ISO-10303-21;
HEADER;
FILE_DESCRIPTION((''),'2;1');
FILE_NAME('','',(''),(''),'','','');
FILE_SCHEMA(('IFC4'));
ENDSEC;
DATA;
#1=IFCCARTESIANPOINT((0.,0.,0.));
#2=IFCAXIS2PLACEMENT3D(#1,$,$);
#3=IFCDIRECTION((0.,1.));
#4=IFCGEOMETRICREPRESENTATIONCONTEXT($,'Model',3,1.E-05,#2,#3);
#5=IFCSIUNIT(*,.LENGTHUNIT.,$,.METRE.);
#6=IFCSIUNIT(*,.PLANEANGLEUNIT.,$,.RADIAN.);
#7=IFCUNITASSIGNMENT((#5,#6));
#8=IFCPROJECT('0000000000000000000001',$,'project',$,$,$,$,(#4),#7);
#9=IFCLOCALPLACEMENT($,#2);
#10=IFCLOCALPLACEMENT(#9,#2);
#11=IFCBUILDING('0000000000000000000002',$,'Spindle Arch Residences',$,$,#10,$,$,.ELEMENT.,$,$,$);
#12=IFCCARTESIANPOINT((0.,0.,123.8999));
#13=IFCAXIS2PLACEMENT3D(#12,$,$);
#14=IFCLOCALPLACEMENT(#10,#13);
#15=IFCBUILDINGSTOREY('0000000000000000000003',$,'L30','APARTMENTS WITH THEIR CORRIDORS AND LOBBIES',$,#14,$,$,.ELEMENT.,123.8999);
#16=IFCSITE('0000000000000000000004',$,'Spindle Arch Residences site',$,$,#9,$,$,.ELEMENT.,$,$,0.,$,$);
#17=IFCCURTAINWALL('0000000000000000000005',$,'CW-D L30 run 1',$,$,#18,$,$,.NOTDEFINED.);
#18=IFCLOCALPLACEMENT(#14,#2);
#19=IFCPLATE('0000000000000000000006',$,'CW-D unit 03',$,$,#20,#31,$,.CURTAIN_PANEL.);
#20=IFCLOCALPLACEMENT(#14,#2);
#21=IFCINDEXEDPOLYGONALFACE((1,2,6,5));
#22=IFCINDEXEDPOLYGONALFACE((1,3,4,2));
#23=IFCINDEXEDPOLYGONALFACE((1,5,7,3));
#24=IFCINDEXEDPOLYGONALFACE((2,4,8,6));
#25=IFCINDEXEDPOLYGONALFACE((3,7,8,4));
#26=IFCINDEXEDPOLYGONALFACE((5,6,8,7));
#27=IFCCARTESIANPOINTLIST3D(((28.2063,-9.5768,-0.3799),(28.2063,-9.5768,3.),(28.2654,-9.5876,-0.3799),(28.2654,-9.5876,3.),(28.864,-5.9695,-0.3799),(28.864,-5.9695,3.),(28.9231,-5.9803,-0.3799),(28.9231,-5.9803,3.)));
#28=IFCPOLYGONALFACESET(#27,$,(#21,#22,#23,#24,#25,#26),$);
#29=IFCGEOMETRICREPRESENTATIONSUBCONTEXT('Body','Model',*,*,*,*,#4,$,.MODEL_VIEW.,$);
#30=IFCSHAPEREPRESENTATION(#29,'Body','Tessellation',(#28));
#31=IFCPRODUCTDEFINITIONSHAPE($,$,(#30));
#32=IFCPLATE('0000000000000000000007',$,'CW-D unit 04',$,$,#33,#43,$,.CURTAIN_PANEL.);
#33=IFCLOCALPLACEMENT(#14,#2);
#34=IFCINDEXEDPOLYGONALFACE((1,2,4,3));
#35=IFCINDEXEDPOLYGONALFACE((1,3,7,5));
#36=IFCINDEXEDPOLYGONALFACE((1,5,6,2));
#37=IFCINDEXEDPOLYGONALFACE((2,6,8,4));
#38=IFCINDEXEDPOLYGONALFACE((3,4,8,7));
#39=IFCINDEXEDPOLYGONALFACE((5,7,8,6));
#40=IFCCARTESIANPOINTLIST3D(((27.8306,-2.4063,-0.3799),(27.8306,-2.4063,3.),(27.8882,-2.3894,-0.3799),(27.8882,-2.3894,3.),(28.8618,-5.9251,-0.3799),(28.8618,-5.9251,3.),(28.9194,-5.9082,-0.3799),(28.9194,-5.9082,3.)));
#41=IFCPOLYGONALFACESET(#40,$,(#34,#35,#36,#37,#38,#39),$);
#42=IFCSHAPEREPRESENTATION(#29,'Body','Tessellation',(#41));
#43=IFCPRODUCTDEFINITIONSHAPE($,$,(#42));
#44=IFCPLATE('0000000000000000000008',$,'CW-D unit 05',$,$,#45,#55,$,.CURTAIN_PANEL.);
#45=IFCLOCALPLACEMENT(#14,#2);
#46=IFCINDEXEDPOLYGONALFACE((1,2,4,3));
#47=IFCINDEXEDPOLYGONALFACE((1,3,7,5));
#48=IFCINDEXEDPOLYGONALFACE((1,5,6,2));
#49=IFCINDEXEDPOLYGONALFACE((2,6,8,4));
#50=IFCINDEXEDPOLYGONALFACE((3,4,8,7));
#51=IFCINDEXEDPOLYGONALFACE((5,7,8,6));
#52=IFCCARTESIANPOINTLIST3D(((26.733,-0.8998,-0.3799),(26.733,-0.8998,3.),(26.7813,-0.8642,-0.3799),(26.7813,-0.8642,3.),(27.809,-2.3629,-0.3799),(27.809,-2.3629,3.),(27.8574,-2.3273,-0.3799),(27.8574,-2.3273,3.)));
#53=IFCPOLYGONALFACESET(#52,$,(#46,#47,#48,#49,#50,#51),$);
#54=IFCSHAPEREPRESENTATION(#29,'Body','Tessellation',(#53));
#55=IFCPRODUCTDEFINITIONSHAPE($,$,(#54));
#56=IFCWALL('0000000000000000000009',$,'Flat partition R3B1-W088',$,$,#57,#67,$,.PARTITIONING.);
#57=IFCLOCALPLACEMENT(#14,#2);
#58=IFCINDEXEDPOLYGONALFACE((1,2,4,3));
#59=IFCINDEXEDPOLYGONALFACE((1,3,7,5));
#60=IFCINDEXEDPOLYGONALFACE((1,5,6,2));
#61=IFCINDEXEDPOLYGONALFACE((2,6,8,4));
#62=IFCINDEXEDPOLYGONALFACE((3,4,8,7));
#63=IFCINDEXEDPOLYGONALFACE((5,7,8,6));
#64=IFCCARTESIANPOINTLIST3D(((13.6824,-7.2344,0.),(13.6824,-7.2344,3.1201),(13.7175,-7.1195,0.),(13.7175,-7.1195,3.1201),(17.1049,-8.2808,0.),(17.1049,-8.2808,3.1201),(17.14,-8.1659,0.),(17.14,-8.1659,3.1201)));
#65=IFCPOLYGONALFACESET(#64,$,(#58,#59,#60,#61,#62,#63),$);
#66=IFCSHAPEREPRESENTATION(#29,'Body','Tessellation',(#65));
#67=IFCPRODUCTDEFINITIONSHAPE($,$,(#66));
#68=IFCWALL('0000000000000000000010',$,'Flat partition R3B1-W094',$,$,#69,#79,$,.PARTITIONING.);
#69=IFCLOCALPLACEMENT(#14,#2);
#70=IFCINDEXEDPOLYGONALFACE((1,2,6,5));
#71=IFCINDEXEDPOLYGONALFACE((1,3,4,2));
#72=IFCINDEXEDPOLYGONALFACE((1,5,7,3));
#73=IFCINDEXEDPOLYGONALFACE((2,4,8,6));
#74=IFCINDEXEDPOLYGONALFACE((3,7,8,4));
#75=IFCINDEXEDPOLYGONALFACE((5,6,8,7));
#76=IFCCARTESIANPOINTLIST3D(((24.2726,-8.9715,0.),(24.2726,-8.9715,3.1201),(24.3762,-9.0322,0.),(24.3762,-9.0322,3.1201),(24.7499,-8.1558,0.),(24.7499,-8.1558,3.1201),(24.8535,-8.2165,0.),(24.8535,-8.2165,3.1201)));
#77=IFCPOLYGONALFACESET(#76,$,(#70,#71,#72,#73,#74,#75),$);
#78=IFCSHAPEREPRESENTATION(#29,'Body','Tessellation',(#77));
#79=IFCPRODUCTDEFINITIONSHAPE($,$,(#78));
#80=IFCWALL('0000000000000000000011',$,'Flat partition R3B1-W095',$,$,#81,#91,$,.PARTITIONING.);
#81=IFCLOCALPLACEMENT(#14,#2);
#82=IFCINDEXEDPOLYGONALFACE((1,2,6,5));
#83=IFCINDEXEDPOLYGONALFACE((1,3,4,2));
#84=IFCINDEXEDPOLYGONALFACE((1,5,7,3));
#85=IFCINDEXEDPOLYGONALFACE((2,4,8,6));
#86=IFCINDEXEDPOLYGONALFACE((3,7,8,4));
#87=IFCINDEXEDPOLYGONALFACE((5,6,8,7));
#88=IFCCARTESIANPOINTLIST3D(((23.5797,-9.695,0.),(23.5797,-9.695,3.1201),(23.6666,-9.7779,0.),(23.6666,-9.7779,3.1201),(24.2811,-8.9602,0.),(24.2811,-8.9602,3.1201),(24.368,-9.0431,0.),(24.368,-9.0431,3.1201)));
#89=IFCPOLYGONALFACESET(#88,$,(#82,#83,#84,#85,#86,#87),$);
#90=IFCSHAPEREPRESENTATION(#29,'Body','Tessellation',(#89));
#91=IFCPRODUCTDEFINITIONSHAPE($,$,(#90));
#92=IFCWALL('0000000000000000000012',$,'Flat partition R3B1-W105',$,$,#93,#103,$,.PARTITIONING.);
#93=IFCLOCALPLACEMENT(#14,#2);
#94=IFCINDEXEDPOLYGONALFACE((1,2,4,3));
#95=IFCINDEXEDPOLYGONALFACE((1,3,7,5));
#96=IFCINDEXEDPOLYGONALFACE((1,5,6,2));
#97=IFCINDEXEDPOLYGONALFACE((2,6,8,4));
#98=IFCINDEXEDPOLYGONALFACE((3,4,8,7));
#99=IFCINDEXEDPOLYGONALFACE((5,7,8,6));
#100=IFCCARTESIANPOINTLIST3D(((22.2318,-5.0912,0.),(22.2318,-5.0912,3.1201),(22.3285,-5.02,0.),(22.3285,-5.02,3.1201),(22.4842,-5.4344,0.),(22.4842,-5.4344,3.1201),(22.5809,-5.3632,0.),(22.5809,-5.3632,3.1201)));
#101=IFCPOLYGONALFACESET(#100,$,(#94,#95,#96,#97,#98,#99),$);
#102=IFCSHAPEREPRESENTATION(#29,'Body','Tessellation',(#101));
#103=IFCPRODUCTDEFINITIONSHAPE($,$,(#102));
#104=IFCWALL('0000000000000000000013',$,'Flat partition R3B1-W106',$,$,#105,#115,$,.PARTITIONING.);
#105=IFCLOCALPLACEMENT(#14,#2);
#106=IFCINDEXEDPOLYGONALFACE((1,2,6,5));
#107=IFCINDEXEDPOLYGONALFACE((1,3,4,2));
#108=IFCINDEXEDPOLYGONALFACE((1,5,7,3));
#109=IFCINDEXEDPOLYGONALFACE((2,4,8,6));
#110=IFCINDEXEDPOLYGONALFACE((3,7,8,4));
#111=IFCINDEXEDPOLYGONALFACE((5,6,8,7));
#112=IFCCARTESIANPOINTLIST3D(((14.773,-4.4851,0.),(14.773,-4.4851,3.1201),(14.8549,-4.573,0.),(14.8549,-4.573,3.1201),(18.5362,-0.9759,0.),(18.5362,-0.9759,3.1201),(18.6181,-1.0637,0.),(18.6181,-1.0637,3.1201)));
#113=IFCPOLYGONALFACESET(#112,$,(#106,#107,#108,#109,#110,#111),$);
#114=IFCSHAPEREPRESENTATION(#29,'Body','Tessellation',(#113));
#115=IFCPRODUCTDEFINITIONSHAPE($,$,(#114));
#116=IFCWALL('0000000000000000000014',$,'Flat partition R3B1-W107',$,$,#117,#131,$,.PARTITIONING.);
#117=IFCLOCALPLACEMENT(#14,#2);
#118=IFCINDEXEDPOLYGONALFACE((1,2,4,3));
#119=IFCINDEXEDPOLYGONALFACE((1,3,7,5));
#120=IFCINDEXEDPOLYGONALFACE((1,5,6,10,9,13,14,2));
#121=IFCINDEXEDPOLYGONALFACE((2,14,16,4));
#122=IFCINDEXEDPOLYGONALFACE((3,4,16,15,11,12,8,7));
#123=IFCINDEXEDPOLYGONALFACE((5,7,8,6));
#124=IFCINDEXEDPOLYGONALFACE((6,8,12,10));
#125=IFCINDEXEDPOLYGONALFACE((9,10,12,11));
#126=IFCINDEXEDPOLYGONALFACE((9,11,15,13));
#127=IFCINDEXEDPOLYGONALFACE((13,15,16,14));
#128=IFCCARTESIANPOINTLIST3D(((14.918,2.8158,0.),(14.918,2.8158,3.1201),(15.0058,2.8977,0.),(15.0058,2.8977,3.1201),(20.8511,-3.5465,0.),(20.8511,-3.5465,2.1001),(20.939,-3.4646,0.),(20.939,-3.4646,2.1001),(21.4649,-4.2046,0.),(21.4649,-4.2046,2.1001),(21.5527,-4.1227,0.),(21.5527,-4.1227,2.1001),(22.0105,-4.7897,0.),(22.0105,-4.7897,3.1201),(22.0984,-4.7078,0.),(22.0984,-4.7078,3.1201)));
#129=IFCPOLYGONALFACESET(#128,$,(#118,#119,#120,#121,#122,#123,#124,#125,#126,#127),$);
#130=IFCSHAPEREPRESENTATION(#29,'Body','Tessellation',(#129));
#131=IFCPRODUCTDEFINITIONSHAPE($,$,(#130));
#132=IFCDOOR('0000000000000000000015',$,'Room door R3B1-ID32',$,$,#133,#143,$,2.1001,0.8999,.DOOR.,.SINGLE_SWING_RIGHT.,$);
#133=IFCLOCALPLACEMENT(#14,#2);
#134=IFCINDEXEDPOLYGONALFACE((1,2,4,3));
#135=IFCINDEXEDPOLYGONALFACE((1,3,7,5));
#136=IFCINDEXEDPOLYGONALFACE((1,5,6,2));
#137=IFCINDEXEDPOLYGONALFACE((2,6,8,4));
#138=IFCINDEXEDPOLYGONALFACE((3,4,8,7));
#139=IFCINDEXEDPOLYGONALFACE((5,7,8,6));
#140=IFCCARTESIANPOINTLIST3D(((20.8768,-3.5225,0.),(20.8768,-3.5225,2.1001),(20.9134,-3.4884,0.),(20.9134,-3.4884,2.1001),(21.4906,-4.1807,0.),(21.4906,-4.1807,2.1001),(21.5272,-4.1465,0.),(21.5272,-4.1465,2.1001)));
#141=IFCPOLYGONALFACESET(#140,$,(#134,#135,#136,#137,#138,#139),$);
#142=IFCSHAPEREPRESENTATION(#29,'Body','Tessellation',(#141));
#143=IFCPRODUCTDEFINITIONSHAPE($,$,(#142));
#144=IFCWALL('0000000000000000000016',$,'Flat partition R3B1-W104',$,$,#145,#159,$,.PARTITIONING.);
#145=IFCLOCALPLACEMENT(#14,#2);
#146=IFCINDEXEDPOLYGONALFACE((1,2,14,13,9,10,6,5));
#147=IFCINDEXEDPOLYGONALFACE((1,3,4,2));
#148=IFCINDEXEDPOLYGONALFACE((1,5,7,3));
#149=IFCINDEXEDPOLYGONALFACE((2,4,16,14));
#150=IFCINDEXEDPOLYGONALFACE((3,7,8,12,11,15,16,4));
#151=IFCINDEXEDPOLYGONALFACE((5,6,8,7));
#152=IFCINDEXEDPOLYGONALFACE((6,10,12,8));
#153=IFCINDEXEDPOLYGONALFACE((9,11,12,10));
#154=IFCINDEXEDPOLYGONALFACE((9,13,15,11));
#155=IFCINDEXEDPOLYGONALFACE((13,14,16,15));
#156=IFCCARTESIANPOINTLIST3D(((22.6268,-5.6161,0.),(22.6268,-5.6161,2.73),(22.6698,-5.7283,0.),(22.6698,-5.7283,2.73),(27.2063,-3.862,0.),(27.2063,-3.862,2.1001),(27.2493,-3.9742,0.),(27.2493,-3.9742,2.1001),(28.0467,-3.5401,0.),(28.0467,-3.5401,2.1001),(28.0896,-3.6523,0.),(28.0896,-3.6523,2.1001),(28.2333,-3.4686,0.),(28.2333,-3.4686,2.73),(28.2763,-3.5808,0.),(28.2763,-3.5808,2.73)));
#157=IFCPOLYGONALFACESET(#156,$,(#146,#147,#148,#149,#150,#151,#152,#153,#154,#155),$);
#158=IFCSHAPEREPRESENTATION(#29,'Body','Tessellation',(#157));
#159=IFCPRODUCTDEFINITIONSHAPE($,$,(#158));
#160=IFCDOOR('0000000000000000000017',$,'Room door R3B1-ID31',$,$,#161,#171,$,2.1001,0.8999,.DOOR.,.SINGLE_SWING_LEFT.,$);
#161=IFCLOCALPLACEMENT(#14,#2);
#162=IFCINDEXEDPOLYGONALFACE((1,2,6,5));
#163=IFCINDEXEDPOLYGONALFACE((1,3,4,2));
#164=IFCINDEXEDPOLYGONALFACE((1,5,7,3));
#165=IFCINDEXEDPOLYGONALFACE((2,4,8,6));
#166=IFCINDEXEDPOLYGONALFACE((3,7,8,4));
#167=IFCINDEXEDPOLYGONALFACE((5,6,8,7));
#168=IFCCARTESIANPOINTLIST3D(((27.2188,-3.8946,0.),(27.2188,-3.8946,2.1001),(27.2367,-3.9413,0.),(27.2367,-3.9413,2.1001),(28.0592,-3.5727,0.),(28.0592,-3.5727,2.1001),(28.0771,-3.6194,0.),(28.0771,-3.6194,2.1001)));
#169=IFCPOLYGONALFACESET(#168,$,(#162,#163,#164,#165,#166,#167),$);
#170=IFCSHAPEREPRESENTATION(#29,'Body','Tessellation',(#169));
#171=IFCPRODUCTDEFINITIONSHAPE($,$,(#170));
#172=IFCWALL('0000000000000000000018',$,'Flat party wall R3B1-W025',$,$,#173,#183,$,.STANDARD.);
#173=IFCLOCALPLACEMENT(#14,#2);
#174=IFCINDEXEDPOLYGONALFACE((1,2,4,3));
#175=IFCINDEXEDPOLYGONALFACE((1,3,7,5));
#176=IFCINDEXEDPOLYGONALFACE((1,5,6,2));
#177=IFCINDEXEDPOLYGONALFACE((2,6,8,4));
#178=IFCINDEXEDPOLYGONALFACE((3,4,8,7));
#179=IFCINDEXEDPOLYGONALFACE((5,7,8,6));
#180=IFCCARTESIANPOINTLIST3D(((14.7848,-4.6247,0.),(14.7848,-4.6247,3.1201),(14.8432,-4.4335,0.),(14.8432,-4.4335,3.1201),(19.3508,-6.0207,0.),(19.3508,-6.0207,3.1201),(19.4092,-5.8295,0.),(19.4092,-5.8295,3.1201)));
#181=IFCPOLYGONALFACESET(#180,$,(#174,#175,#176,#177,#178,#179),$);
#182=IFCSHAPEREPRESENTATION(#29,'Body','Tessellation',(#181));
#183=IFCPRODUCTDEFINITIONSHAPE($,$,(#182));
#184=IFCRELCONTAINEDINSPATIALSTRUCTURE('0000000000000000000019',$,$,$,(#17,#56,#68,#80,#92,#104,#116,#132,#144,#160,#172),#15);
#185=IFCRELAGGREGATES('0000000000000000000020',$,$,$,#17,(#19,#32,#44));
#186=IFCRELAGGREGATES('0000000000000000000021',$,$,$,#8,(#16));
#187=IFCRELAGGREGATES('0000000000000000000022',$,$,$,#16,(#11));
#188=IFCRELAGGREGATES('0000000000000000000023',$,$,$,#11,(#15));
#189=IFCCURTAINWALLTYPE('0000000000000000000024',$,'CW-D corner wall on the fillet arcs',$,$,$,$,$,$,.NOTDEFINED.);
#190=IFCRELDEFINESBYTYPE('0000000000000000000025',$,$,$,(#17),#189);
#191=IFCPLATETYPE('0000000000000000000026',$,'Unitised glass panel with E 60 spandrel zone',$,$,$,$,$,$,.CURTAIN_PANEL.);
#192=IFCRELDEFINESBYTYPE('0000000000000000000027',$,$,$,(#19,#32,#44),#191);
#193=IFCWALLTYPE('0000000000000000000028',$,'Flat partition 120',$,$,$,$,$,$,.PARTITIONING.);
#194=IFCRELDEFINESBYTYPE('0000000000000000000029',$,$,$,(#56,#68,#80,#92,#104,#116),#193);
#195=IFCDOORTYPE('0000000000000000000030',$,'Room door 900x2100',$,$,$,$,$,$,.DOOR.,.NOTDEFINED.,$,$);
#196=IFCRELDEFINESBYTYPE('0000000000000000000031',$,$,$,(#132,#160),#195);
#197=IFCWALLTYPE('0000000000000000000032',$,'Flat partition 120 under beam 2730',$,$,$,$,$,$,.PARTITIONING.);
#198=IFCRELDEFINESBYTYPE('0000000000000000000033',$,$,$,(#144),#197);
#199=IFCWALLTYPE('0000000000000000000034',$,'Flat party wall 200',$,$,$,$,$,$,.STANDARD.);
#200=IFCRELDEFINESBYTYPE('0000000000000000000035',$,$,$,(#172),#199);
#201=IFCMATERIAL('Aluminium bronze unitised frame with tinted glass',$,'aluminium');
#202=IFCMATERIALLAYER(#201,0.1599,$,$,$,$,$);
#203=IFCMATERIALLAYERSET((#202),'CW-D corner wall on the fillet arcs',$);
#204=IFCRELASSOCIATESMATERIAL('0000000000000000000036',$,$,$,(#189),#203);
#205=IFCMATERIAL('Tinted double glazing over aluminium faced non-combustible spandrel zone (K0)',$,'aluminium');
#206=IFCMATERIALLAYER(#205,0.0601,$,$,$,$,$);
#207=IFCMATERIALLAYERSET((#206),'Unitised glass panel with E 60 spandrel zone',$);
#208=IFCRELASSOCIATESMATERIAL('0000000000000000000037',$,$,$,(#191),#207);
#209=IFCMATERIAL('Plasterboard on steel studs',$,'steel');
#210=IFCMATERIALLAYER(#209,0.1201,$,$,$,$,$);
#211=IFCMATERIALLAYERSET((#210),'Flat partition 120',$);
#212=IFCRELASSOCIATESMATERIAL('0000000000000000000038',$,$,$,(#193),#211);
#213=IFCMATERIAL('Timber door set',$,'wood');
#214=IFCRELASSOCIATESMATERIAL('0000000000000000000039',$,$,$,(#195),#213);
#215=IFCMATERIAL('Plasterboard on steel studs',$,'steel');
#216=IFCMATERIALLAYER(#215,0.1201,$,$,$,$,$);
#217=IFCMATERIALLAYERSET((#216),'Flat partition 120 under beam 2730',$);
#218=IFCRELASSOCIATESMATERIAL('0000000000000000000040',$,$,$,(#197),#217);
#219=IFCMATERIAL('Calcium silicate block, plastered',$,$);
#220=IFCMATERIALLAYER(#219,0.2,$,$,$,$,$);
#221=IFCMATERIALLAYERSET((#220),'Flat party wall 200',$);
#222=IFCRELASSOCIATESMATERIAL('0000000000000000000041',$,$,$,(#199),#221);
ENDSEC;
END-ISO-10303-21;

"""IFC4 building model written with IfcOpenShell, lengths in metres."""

from ifc_helpers import new_model, si_unit, direction, frame, frame_2d, origin, origin_2d, place, context, subcontext, project, spatial, rectangle, extrude, material, layer, layer_set, type_object, element, fill, aggregate, save


model = new_model("IFC4")

# Units and contexts
model_context = context("Model", 3, precision=1e-05, world=origin(), true_north=direction((0.0, 1.0)))
body_context = subcontext(model_context, "Body", "Model", "MODEL_VIEW")
ifc_project = project(units=[si_unit("LENGTHUNIT", "METRE"), si_unit("PLANEANGLEUNIT", "RADIAN")], contexts=[model_context])

# Site, building, storey
site_placement = place(None, origin())
site = spatial("IfcSite", under=ifc_project, at=site_placement, Name="Spindle Arch Residences site", CompositionType="ELEMENT", RefElevation=0.0)
building_placement = place(site_placement, origin())
building = spatial("IfcBuilding", under=site, at=building_placement, Name="Spindle Arch Residences", CompositionType="ELEMENT")
storey_placement = place(building_placement, frame((0.0, 0.0, 123.8999)))
storey = spatial("IfcBuildingStorey", under=building, at=storey_placement, Name="L30", Description="APARTMENTS WITH THEIR CORRIDORS AND LOBBIES", CompositionType="ELEMENT", Elevation=123.8999)

# Curtain wall
ifc_material_1 = material(Name="Aluminium bronze unitised frame with tinted glass", Category="aluminium")
ifc_layer_1 = layer(ifc_material_1, 0.1599)
ifc_layer_set_1 = layer_set([ifc_layer_1], Name="CW-D corner wall on the fillet arcs")
curtain_wall_type = type_object("IfcCurtainWallType", Name="CW-D corner wall on the fillet arcs", PredefinedType="NOTDEFINED", material=ifc_layer_set_1)
curtain_wall_placement = place(storey_placement, origin())
curtain_wall = element("IfcCurtainWall", 1, at=curtain_wall_placement, inside=storey, type_object=curtain_wall_type, Name="CW-D L30 run 1", PredefinedType="NOTDEFINED")

# Plates
ifc_material_2 = material(Name="Tinted double glazing over aluminium faced non-combustible spandrel zone (K0)", Category="aluminium")
ifc_layer_2 = layer(ifc_material_2, 0.0601)
ifc_layer_set_2 = layer_set([ifc_layer_2], Name="Unitised glass panel with E 60 spandrel zone")
plate_type = type_object("IfcPlateType", Name="Unitised glass panel with E 60 spandrel zone", PredefinedType="CURTAIN_PANEL", material=ifc_layer_set_2)
plate_1_placement = place(storey_placement, frame((28.5647, -7.7786, -0.3799), z_axis=(0.0, 0.0, 1.0), x_axis=(0.179375, 0.983781, 0.0)))
plate_1 = element("IfcPlate", 2, at=plate_1_placement, type_object=plate_type, Name="CW-D unit 03", PredefinedType="CURTAIN_PANEL", context=body_context, shape_type="SweptSolid", body=[
    extrude(rectangle(XDim=3.6667, YDim=0.0601, at=origin_2d()), origin(), (0.0, 0.0, 1.0), 3.3799),
])
plate_2_placement = place(storey_placement, frame((28.375, -4.1572, -0.3799), z_axis=(0.0, 0.0, 1.0), x_axis=(-0.281225, 0.959642, 0.0)))
plate_2 = element("IfcPlate", 3, at=plate_2_placement, type_object=plate_type, Name="CW-D unit 04", PredefinedType="CURTAIN_PANEL", context=body_context, shape_type="SweptSolid", body=[
    extrude(rectangle(XDim=3.6667, YDim=0.0601, at=origin_2d()), origin(), (0.0, 0.0, 1.0), 3.3799),
])
plate_3_placement = place(storey_placement, frame((27.2952, -1.6135, -0.3799), z_axis=(0.0, 0.0, 1.0), x_axis=(-0.592482, 0.805584, 0.0)))
plate_3 = element("IfcPlate", 4, at=plate_3_placement, type_object=plate_type, Name="CW-D unit 05", PredefinedType="CURTAIN_PANEL", context=body_context, shape_type="SweptSolid", body=[
    extrude(rectangle(XDim=1.8162, YDim=0.0601, at=origin_2d()), origin(), (0.0, 0.0, 1.0), 3.3799),
])
aggregate(curtain_wall, [plate_1, plate_2, plate_3])

# Walls
ifc_material_3 = material(Name="Plasterboard on steel studs", Category="steel")
ifc_layer_3 = layer(ifc_material_3, 0.1201)
ifc_layer_set_3 = layer_set([ifc_layer_3], Name="Flat partition 120")
wall_type_1 = type_object("IfcWallType", Name="Flat partition 120", PredefinedType="PARTITIONING", material=ifc_layer_set_3)
wall_1_placement = place(storey_placement, frame((17.1226, -8.2234, 0.0), z_axis=(0.0, 0.0, 1.0), x_axis=(-0.9563, 0.292388, 0.0)))
element("IfcWall", 5, at=wall_1_placement, inside=storey, type_object=wall_type_1, Name="Flat partition R3B1-W088", PredefinedType="PARTITIONING", context=body_context, shape_type="SweptSolid", body=[
    extrude(rectangle(XDim=3.5789, YDim=0.1201, at=frame_2d((1.7896, 0.0))), origin(), (0.0, 0.0, 1.0), 3.1201),
])
wall_2_placement = place(storey_placement, frame((24.8018, -8.186, 0.0), z_axis=(0.0, 0.0, 1.0), x_axis=(-0.505043, -0.863094, 0.0)))
element("IfcWall", 6, at=wall_2_placement, inside=storey, type_object=wall_type_1, Name="Flat partition R3B1-W094", PredefinedType="PARTITIONING", context=body_context, shape_type="SweptSolid", body=[
    extrude(rectangle(XDim=0.9451, YDim=0.1201, at=frame_2d((0.4727, 0.0))), origin(), (0.0, 0.0, 1.0), 3.1201),
])
wall_3_placement = place(storey_placement, frame((24.3245, -9.0017, 0.0), z_axis=(0.0, 0.0, 1.0), x_axis=(-0.690453, -0.723377, 0.0)))
element("IfcWall", 7, at=wall_3_placement, inside=storey, type_object=wall_type_1, Name="Flat partition R3B1-W095", PredefinedType="PARTITIONING", context=body_context, shape_type="SweptSolid", body=[
    extrude(rectangle(XDim=1.0159, YDim=0.1201, at=frame_2d((0.5078, 0.0))), origin(), (0.0, 0.0, 1.0), 3.1201),
])
wall_4_placement = place(storey_placement, frame((22.5325, -5.3987, 0.0), z_axis=(0.0, 0.0, 1.0), x_axis=(-0.592456, 0.805603, 0.0)))
element("IfcWall", 8, at=wall_4_placement, inside=storey, type_object=wall_type_1, Name="Flat partition R3B1-W105", PredefinedType="PARTITIONING", context=body_context, shape_type="SweptSolid", body=[
    extrude(rectangle(XDim=0.426, YDim=0.1201, at=frame_2d((0.2129, 0.0))), origin(), (0.0, 0.0, 1.0), 3.1201),
])
wall_5_placement = place(storey_placement, frame((18.5771, -1.0198, 0.0), z_axis=(0.0, 0.0, 1.0), x_axis=(-0.731349, -0.682004, 0.0)))
element("IfcWall", 9, at=wall_5_placement, inside=storey, type_object=wall_type_1, Name="Flat partition R3B1-W106", PredefinedType="PARTITIONING", context=body_context, shape_type="SweptSolid", body=[
    extrude(rectangle(XDim=5.1455, YDim=0.1201, at=frame_2d((2.5728, 0.0))), origin(), (0.0, 0.0, 1.0), 3.1201),
])

# Walls, openings, doors
wall_6_placement = place(storey_placement, frame((22.0544, -4.7488, 0.0), z_axis=(0.0, 0.0, 1.0), x_axis=(-0.682015, 0.731339, 0.0)))
wall_6 = element("IfcWall", 10, at=wall_6_placement, inside=storey, type_object=wall_type_1, Name="Flat partition R3B1-W107", PredefinedType="PARTITIONING", context=body_context, shape_type="SweptSolid", body=[
    extrude(rectangle(XDim=10.3994, YDim=0.1201, at=frame_2d((5.1997, 0.0))), origin(), (0.0, 0.0, 1.0), 3.1201),
])
opening_1_placement = place(wall_6_placement, frame((0.8, 0.0, 0.0)))
opening_1 = element("IfcOpeningElement", 11, at=opening_1_placement, cuts=wall_6, PredefinedType="OPENING", context=body_context, shape_type="SweptSolid", body=[
    extrude(rectangle(XDim=0.8999, YDim=2.1001, at=frame_2d((0.45, 1.05))), frame((0.0, 0.0701, 0.0), z_axis=(0.0, -1.0, 0.0), x_axis=(1.0, 0.0, 0.0)), (0.0, 0.0, 1.0), 0.1401),
])
ifc_material_4 = material(Name="Timber door set", Category="wood")
door_type = type_object("IfcDoorType", Name="Room door 900x2100", OperationType="NOTDEFINED", PredefinedType="DOOR", material=ifc_material_4)
door_1_placement = place(opening_1_placement, origin())
door_1 = element("IfcDoor", 12, at=door_1_placement, inside=storey, type_object=door_type, Name="Room door R3B1-ID32", OperationType="SINGLE_SWING_RIGHT", OverallHeight=2.1001, OverallWidth=0.8999, PredefinedType="DOOR", context=body_context, shape_type="SweptSolid", body=[
    extrude(rectangle(XDim=0.8999, YDim=2.1001, at=frame_2d((0.45, 1.05))), frame((0.0, 0.0249, 0.0), z_axis=(0.0, -1.0, 0.0), x_axis=(1.0, 0.0, 0.0)), (0.0, 0.0, 1.0), 0.05),
])
fill(opening_1, door_1)
ifc_material_5 = material(Name="Plasterboard on steel studs", Category="steel")
ifc_layer_4 = layer(ifc_material_5, 0.1201)
ifc_layer_set_4 = layer_set([ifc_layer_4], Name="Flat partition 120 under beam 2730")
wall_type_2 = type_object("IfcWallType", Name="Flat partition 120 under beam 2730", PredefinedType="PARTITIONING", material=ifc_layer_set_4)
wall_7_placement = place(storey_placement, frame((28.2549, -3.5247, 0.0), z_axis=(0.0, 0.0, 1.0), x_axis=(-0.933839, -0.357693, 0.0)))
wall_7 = element("IfcWall", 13, at=wall_7_placement, inside=storey, type_object=wall_type_2, Name="Flat partition R3B1-W104", PredefinedType="PARTITIONING", context=body_context, shape_type="SweptSolid", body=[
    extrude(rectangle(XDim=6.0037, YDim=0.1201, at=frame_2d((3.002, 0.0))), origin(), (0.0, 0.0, 1.0), 2.73),
])
opening_2_placement = place(wall_7_placement, frame((0.2, 0.0, 0.0)))
opening_2 = element("IfcOpeningElement", 14, at=opening_2_placement, cuts=wall_7, PredefinedType="OPENING", context=body_context, shape_type="SweptSolid", body=[
    extrude(rectangle(XDim=0.8999, YDim=2.1001, at=frame_2d((0.45, 1.05))), frame((0.0, 0.0701, 0.0), z_axis=(0.0, -1.0, 0.0), x_axis=(1.0, 0.0, 0.0)), (0.0, 0.0, 1.0), 0.1401),
])
door_2_placement = place(opening_2_placement, origin())
door_2 = element("IfcDoor", 15, at=door_2_placement, inside=storey, type_object=door_type, Name="Room door R3B1-ID31", OperationType="SINGLE_SWING_LEFT", OverallHeight=2.1001, OverallWidth=0.8999, PredefinedType="DOOR", context=body_context, shape_type="SweptSolid", body=[
    extrude(rectangle(XDim=0.8999, YDim=2.1001, at=frame_2d((0.45, 1.05))), frame((0.0, 0.0249, 0.0), z_axis=(0.0, -1.0, 0.0), x_axis=(1.0, 0.0, 0.0)), (0.0, 0.0, 1.0), 0.05),
])
fill(opening_2, door_2)

# Wall
ifc_material_6 = material(Name="Calcium silicate block, plastered")
ifc_layer_5 = layer(ifc_material_6, 0.2)
ifc_layer_set_5 = layer_set([ifc_layer_5], Name="Flat party wall 200")
wall_type_3 = type_object("IfcWallType", Name="Flat party wall 200", PredefinedType="STANDARD", material=ifc_layer_set_5)
wall_8_placement = place(storey_placement, frame((19.3799, -5.925, 0.0), z_axis=(0.0, 0.0, 1.0), x_axis=(-0.956302, 0.292382, 0.0)))
element("IfcWall", 16, at=wall_8_placement, inside=storey, type_object=wall_type_3, Name="Flat party wall R3B1-W025", PredefinedType="STANDARD", context=body_context, shape_type="SweptSolid", body=[
    extrude(rectangle(XDim=4.7747, YDim=0.2, at=frame_2d((2.3872, 0.0))), origin(), (0.0, 0.0, 1.0), 3.1201),
])

save(model, "model.ifc")
